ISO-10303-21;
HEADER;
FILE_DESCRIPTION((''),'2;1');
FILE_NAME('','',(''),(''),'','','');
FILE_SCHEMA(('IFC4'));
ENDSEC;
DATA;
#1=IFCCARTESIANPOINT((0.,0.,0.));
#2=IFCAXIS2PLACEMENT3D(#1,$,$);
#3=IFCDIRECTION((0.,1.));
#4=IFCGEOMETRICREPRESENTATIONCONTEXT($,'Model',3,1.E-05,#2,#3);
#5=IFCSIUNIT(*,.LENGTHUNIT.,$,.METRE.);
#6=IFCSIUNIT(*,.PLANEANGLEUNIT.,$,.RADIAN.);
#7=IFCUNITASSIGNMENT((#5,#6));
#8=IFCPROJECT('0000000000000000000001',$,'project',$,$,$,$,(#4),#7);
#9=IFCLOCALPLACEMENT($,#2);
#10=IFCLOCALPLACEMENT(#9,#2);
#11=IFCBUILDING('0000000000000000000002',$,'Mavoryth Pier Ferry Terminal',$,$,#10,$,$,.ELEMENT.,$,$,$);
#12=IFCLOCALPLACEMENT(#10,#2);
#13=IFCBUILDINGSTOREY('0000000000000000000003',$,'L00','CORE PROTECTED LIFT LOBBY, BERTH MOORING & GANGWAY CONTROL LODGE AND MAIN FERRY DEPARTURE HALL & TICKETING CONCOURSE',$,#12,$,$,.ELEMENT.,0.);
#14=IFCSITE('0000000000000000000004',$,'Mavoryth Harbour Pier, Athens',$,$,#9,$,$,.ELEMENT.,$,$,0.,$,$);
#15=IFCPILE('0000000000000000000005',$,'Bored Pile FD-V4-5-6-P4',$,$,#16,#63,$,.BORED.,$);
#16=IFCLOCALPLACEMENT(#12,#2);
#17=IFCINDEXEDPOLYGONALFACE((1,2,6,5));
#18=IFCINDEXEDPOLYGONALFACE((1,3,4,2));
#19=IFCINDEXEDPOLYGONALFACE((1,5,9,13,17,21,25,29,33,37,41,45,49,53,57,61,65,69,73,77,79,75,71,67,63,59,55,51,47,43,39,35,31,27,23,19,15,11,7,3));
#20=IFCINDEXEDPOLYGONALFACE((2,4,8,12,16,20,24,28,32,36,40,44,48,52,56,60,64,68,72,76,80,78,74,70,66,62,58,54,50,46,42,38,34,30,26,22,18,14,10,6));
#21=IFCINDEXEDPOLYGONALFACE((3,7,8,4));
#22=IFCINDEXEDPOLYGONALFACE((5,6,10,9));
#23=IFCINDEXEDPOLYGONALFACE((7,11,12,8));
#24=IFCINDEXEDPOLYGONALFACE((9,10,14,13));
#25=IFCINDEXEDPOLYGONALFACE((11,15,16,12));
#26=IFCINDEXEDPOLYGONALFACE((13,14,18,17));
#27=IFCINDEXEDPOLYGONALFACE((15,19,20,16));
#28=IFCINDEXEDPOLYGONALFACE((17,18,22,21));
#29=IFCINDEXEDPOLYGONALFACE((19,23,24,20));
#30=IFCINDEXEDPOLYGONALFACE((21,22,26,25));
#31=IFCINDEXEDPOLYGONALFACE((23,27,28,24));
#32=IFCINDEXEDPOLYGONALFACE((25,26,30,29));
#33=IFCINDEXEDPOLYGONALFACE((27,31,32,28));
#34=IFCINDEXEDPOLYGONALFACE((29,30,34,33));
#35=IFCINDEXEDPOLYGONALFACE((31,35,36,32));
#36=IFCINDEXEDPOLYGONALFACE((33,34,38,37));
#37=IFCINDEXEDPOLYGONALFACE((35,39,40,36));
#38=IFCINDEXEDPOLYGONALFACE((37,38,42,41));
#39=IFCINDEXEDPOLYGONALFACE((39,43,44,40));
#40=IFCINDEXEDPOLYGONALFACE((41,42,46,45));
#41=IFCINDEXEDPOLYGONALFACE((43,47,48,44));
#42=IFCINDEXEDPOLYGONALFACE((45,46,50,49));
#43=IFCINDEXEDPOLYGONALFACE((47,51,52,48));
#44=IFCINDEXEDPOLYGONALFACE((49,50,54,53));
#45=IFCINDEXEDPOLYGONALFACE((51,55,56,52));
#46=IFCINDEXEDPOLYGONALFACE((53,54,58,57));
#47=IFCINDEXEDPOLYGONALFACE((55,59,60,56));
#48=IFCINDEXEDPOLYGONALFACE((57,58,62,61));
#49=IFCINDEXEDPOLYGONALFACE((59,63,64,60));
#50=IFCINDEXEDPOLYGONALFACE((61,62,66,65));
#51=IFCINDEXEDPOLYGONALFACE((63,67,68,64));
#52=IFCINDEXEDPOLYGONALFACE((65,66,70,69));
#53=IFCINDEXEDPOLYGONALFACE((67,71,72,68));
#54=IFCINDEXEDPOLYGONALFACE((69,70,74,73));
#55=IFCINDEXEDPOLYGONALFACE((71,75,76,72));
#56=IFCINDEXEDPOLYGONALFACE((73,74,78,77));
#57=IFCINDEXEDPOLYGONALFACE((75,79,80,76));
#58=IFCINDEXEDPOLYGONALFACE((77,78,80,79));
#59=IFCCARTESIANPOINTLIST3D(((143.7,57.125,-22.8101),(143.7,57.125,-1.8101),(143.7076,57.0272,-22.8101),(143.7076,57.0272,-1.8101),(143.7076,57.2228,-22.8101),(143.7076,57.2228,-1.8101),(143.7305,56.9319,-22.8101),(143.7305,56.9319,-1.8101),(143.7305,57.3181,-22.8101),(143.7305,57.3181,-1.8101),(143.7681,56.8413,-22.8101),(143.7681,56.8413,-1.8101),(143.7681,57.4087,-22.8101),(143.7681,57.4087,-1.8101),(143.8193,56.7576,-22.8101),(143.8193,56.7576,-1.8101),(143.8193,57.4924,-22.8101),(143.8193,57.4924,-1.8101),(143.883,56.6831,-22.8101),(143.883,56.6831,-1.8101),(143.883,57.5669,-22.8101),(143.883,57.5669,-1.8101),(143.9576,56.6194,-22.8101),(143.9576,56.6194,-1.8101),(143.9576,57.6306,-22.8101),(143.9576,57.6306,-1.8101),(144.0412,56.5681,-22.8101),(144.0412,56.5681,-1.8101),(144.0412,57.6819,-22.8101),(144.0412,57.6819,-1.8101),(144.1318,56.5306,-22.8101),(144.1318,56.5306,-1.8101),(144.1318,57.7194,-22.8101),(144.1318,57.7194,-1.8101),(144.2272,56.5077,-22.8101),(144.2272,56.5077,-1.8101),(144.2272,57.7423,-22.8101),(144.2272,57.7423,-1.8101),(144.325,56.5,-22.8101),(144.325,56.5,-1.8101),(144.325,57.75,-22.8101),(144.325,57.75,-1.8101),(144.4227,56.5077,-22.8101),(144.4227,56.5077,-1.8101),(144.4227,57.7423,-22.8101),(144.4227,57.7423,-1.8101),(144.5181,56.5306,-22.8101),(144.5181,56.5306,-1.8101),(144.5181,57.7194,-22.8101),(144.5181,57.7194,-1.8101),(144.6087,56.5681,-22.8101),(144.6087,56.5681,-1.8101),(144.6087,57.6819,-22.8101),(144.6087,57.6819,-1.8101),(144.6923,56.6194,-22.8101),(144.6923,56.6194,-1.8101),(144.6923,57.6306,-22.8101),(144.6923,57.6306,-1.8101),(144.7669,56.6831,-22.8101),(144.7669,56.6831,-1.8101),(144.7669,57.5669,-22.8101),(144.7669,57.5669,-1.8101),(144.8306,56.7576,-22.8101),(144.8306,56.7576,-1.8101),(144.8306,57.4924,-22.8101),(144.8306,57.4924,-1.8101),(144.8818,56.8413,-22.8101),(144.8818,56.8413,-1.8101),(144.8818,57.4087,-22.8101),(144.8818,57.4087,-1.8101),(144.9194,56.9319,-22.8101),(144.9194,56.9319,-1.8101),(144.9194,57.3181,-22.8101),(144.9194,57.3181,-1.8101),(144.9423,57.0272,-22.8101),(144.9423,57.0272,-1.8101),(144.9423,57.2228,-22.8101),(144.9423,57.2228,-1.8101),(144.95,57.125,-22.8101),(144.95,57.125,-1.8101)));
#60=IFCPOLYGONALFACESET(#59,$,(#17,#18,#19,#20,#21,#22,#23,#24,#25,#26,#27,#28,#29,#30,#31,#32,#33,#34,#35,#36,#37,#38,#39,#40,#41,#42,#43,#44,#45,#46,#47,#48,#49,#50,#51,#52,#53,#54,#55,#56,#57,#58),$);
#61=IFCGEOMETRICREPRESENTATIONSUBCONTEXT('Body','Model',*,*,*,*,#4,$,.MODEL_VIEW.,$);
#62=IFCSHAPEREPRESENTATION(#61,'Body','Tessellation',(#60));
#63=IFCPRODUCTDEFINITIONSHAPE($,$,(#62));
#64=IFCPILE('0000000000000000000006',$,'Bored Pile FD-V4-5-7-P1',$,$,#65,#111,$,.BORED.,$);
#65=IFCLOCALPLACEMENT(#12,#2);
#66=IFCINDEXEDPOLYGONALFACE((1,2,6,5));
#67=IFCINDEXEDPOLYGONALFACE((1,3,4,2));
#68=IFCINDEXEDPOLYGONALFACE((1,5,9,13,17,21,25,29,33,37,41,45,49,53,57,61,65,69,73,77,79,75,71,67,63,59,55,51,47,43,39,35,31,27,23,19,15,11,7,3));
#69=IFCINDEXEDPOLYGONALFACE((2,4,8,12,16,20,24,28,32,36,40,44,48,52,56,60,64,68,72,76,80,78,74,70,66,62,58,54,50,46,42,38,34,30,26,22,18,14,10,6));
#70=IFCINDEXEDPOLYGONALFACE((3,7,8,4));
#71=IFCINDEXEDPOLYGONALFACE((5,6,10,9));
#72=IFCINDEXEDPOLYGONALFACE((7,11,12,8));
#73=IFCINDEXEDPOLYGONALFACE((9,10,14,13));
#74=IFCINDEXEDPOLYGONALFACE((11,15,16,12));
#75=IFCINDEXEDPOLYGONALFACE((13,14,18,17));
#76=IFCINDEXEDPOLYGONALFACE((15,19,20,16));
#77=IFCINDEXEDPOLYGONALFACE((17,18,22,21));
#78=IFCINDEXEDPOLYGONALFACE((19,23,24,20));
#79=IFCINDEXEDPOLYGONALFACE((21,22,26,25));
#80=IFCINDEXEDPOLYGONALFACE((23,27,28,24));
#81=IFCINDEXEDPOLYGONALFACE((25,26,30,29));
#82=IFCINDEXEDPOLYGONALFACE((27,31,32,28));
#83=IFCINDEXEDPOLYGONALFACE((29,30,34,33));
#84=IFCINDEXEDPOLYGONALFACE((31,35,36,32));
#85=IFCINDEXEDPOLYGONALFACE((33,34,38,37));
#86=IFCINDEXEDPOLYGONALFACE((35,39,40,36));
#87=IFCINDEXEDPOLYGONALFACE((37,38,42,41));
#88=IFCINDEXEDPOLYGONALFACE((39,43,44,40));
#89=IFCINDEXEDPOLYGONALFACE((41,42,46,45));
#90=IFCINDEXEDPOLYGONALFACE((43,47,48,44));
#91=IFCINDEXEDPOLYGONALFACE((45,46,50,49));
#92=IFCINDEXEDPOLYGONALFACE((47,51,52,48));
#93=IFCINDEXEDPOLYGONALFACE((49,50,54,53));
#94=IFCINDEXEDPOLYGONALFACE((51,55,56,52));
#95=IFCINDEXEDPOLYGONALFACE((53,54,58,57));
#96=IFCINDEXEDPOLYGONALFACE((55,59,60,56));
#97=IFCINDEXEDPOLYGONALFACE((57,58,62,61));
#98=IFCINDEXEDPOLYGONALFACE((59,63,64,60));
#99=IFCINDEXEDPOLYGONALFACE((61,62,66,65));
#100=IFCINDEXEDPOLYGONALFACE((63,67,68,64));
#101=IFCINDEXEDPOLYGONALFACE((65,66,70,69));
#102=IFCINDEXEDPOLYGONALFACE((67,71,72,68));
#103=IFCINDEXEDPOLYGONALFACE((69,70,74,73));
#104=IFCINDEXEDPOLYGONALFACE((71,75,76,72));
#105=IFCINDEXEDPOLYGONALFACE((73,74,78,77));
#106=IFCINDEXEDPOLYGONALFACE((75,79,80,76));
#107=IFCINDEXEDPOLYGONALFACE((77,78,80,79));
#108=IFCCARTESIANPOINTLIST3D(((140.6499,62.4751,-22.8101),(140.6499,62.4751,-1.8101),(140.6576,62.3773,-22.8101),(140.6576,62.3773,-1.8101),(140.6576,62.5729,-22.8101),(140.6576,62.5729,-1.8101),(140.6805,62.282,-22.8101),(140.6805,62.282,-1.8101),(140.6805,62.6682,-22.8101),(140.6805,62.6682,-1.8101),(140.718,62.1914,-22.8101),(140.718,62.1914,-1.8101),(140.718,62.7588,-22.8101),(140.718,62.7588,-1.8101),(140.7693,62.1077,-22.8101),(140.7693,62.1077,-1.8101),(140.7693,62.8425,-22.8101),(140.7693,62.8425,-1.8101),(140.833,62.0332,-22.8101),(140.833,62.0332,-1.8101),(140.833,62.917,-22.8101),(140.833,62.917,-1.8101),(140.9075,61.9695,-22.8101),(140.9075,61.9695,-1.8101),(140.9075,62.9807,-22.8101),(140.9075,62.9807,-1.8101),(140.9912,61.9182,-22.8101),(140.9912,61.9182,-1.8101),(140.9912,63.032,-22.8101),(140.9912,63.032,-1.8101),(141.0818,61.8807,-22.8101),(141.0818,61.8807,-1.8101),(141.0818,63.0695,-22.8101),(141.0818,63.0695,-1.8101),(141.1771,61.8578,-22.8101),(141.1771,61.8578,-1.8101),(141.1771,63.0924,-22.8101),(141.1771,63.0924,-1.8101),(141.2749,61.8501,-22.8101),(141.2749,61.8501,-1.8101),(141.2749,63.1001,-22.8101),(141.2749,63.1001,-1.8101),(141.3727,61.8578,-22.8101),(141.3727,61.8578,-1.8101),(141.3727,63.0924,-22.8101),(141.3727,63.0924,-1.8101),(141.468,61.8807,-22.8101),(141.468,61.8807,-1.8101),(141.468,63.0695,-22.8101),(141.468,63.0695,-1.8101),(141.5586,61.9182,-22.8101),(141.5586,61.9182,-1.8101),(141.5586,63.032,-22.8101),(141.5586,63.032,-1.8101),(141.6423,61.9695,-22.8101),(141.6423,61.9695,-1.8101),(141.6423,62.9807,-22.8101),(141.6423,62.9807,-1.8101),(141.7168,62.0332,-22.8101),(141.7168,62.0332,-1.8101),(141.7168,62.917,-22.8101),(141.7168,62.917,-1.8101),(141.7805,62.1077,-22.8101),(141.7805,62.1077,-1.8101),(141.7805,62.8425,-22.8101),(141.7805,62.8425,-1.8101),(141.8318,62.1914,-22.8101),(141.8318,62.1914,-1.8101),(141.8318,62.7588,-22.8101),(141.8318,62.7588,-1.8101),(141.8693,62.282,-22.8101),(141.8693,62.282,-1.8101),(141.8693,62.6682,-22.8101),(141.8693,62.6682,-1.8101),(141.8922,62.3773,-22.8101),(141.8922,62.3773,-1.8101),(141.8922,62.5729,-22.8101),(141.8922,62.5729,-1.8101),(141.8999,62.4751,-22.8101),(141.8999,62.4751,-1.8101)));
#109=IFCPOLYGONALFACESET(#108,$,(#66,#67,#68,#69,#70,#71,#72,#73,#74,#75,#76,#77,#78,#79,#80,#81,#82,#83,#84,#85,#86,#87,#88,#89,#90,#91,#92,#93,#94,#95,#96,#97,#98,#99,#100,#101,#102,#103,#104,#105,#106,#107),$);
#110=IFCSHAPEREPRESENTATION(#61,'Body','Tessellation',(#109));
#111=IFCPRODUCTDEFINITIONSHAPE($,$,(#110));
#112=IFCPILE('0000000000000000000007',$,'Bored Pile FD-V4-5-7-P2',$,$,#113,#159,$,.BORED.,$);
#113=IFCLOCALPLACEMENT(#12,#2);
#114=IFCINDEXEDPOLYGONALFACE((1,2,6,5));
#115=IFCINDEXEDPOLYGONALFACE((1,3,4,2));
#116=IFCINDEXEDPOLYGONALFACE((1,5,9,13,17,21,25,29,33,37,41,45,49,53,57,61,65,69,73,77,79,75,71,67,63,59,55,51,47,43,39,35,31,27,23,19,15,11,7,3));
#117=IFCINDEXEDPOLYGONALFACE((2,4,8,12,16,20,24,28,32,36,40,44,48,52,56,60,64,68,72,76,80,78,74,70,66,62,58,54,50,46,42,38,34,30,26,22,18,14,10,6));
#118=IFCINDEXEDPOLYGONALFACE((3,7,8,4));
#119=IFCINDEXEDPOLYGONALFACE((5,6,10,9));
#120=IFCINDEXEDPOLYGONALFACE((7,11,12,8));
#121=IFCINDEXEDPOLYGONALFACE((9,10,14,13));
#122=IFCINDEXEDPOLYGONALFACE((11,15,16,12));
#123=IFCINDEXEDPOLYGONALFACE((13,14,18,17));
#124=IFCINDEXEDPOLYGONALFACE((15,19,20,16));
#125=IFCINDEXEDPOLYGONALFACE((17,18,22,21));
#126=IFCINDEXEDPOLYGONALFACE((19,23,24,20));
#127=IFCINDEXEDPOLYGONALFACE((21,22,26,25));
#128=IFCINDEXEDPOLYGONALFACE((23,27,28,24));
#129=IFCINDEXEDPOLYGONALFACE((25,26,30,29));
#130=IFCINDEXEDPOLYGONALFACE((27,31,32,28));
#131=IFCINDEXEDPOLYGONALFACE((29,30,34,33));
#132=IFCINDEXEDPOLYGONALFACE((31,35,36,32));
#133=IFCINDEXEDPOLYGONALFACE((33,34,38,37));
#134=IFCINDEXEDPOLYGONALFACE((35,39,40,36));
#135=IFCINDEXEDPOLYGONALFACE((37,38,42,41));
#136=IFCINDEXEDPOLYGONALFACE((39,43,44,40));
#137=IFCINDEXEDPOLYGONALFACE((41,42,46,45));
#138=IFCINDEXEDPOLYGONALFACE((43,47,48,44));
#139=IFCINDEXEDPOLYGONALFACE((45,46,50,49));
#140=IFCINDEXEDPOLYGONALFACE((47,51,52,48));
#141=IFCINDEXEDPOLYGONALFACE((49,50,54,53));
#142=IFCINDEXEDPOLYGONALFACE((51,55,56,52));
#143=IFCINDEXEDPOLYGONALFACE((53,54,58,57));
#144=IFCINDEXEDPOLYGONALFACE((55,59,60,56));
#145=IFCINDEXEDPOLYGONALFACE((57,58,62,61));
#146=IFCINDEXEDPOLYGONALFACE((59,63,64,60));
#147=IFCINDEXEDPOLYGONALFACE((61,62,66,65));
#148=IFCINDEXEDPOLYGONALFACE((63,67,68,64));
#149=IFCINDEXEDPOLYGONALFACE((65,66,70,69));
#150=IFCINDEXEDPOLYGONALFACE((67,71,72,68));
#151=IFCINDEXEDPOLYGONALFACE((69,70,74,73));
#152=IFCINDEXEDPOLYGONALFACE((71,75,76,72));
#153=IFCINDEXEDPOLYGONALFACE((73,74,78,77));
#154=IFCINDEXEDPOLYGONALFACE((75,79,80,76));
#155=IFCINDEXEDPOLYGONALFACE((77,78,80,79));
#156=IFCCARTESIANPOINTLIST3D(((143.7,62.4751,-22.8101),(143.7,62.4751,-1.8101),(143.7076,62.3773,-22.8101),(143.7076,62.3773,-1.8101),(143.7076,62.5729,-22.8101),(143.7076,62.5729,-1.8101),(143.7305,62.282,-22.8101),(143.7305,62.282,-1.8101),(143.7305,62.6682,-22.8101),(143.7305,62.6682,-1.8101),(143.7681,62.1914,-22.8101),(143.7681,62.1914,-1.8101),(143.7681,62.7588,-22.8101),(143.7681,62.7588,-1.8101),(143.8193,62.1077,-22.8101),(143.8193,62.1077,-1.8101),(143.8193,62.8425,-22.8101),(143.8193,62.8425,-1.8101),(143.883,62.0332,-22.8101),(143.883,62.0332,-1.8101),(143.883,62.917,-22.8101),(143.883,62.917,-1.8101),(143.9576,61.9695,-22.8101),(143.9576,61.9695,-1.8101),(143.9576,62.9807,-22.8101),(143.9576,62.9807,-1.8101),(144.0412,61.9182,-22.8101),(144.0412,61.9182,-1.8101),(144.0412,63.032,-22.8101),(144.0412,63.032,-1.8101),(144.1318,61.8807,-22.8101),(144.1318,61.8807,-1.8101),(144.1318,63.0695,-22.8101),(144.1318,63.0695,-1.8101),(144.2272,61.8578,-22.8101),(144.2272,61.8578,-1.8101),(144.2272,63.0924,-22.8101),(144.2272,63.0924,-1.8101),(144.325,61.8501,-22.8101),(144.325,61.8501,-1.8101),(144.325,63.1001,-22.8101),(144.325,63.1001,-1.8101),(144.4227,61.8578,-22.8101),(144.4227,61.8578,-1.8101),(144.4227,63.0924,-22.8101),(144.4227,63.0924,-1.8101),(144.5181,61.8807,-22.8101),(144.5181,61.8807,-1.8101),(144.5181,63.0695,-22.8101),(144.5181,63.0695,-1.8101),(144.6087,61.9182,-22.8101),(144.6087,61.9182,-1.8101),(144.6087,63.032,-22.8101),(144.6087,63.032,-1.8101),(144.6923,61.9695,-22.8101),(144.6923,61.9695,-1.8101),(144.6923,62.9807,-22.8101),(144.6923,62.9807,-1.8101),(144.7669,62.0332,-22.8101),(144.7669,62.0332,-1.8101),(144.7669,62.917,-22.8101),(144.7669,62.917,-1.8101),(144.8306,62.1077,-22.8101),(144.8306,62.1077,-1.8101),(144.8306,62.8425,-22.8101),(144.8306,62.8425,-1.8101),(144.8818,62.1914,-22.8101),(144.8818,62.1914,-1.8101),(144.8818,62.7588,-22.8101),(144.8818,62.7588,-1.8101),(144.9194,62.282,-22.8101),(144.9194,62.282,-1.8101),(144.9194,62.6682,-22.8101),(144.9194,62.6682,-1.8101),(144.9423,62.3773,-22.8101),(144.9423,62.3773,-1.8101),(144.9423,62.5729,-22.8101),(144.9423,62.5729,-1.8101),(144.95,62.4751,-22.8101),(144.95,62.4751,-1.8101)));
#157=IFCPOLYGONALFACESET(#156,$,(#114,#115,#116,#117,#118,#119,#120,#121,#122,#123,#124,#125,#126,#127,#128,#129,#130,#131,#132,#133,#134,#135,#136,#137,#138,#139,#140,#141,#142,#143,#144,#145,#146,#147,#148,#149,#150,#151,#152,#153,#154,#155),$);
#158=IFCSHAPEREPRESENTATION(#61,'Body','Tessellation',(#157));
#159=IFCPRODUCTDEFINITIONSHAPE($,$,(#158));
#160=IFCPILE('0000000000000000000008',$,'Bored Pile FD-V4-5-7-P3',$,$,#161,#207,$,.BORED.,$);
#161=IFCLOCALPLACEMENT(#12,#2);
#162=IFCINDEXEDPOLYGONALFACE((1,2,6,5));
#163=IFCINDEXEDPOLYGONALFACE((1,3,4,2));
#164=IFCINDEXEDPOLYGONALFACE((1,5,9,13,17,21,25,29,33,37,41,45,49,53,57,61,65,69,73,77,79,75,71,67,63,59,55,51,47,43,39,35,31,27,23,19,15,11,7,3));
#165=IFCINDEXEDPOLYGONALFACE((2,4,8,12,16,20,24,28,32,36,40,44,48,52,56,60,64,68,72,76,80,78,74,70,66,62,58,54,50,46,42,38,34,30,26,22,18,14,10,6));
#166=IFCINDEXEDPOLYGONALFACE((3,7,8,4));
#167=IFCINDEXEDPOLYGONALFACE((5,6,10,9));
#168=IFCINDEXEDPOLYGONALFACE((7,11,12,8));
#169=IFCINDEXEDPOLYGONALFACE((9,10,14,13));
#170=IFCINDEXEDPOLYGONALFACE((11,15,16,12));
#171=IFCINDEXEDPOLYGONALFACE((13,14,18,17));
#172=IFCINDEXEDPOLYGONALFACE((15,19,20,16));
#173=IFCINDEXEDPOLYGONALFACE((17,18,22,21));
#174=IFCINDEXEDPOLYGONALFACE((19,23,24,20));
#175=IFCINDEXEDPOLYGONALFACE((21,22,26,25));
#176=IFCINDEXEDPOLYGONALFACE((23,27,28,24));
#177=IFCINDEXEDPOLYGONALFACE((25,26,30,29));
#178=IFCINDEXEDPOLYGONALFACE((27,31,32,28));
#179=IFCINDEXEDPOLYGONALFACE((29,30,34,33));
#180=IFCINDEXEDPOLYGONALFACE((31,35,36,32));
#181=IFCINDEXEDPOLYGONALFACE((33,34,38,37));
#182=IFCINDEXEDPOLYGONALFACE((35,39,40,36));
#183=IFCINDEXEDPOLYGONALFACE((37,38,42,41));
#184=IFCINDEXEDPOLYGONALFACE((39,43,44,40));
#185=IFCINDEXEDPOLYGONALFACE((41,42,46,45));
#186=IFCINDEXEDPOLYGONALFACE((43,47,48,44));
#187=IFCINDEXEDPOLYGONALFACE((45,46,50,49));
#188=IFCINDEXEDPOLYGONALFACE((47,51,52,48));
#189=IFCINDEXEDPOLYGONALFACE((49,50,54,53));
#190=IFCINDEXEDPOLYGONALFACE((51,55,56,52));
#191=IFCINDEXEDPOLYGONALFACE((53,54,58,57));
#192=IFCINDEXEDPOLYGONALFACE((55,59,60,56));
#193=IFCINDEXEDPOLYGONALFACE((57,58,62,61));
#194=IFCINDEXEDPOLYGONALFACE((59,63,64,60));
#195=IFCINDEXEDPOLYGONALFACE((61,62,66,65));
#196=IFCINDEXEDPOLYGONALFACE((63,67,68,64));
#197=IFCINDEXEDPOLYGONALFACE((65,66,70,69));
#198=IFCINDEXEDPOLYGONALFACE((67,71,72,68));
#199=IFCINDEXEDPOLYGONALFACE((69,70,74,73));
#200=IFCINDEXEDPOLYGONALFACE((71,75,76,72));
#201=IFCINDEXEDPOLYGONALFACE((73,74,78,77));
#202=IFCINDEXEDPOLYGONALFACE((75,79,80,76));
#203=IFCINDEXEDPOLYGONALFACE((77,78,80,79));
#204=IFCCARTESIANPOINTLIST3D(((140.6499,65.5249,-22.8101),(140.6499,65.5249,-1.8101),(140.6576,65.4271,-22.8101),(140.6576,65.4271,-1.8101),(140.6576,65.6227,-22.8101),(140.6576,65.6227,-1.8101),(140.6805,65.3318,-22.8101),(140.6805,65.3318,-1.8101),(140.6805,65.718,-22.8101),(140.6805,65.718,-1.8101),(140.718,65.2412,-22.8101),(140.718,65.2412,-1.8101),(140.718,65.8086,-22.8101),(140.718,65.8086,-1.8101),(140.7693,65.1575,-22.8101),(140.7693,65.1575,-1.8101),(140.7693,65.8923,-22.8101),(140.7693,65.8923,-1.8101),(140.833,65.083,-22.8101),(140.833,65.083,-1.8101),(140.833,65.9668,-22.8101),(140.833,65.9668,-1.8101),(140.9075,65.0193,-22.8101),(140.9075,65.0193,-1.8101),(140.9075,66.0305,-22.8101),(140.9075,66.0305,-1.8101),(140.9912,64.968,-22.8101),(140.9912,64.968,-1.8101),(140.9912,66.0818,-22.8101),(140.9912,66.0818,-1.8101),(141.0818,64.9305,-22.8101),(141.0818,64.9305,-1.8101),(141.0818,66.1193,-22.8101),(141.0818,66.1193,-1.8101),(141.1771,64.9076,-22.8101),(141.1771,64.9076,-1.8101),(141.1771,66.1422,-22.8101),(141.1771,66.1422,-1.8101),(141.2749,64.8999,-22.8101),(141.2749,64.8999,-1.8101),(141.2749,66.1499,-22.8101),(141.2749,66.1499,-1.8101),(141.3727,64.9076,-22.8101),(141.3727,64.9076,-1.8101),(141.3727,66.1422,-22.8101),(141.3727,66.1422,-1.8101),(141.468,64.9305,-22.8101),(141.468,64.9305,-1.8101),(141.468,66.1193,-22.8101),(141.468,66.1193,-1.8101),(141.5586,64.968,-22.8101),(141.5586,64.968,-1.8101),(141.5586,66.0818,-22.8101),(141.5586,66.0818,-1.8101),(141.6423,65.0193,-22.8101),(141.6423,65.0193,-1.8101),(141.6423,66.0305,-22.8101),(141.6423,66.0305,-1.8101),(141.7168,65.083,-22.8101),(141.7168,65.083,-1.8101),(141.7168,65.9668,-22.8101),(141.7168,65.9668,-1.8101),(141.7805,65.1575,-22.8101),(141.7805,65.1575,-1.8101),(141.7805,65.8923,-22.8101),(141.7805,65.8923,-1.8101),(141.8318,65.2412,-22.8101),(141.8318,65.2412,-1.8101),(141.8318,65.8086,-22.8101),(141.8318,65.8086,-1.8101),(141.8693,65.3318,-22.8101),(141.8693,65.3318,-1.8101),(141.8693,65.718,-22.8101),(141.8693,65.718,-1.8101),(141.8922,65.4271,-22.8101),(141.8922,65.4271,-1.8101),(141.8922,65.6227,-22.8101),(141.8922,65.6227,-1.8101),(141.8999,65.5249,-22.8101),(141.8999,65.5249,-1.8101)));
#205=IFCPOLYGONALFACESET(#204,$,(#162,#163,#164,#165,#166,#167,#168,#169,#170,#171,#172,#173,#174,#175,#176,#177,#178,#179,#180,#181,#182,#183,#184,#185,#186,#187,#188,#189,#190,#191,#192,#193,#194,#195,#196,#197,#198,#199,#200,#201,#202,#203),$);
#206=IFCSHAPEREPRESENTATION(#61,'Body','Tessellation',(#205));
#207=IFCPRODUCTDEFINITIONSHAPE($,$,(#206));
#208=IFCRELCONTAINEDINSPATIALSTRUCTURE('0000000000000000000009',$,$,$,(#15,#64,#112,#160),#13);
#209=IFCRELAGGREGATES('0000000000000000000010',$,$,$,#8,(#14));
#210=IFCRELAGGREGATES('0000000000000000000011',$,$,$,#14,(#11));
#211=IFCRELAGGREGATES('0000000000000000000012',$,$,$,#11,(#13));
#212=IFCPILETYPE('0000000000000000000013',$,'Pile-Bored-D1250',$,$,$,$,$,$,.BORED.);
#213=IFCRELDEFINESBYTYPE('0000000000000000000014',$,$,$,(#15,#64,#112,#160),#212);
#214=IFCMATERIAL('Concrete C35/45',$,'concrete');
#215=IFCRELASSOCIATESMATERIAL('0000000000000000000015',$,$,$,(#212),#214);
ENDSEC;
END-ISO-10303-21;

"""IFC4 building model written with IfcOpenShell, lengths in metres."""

from ifc_helpers import new_model, si_unit, direction, frame, origin, origin_2d, place, context, subcontext, project, spatial, circle, extrude, material, material_profile, profile_set, type_object, element, save


model = new_model("IFC4")

# Units and contexts
model_context = context("Model", 3, precision=1e-05, world=origin(), true_north=direction((0.0, 1.0)))
body_context = subcontext(model_context, "Body", "Model", "MODEL_VIEW")
ifc_project = project(units=[si_unit("LENGTHUNIT", "METRE"), si_unit("PLANEANGLEUNIT", "RADIAN")], contexts=[model_context])

# Site, building, storey
site_placement = place(None, origin())
site = spatial("IfcSite", under=ifc_project, at=site_placement, Name="Mavoryth Harbour Pier, Athens", CompositionType="ELEMENT", RefElevation=0.0)
building_placement = place(site_placement, origin())
building = spatial("IfcBuilding", under=site, at=building_placement, Name="Mavoryth Pier Ferry Terminal", CompositionType="ELEMENT")
storey_placement = place(building_placement, origin())
storey = spatial("IfcBuildingStorey", under=building, at=storey_placement, Name="L00", Description="CORE PROTECTED LIFT LOBBY, BERTH MOORING & GANGWAY CONTROL LODGE AND MAIN FERRY DEPARTURE HALL & TICKETING CONCOURSE", CompositionType="ELEMENT", Elevation=0.0)

# Shared definitions
ifc_material_1 = material(Name="Concrete C35/45", Category="concrete")

# Piles
ifc_material_profile_1 = material_profile(ifc_material_1, circle(Radius=0.625, at=origin_2d()), Name="PILE D1250", Category="concrete")
ifc_profile_set_1 = profile_set([ifc_material_profile_1], Name="Concrete C35/45 - PILE D1250")
pile_type_1 = type_object("IfcPileType", Name="Pile-Bored-D1250", PredefinedType="BORED", material=ifc_profile_set_1)
for number, where, z_axis, x_axis, name in (
    (1, (144.325, 57.125, -1.8101), (0.0, 0.0, -1.0), (1.0, 0.0, 0.0), "Bored Pile FD-V4-5-6-P4"),
    (2, (141.2749, 62.4751, -1.8101), (0.0, 0.0, -1.0), (1.0, 0.0, 0.0), "Bored Pile FD-V4-5-7-P1"),
    (3, (144.325, 62.4751, -1.8101), (0.0, 0.0, -1.0), (1.0, 0.0, 0.0), "Bored Pile FD-V4-5-7-P2"),
    (4, (141.2749, 65.5249, -1.8101), (0.0, 0.0, -1.0), (1.0, 0.0, 0.0), "Bored Pile FD-V4-5-7-P3"),
):
    element("IfcPile", number, at=place(storey_placement, frame(where, z_axis=z_axis, x_axis=x_axis)), inside=storey, type_object=pile_type_1, Name=name, PredefinedType="BORED", context=body_context, shape_type="SweptSolid", body=[
        extrude(circle(Radius=0.625, at=origin_2d()), origin(), (0.0, 0.0, 1.0), 21.0),
    ])

save(model, "model.ifc")
